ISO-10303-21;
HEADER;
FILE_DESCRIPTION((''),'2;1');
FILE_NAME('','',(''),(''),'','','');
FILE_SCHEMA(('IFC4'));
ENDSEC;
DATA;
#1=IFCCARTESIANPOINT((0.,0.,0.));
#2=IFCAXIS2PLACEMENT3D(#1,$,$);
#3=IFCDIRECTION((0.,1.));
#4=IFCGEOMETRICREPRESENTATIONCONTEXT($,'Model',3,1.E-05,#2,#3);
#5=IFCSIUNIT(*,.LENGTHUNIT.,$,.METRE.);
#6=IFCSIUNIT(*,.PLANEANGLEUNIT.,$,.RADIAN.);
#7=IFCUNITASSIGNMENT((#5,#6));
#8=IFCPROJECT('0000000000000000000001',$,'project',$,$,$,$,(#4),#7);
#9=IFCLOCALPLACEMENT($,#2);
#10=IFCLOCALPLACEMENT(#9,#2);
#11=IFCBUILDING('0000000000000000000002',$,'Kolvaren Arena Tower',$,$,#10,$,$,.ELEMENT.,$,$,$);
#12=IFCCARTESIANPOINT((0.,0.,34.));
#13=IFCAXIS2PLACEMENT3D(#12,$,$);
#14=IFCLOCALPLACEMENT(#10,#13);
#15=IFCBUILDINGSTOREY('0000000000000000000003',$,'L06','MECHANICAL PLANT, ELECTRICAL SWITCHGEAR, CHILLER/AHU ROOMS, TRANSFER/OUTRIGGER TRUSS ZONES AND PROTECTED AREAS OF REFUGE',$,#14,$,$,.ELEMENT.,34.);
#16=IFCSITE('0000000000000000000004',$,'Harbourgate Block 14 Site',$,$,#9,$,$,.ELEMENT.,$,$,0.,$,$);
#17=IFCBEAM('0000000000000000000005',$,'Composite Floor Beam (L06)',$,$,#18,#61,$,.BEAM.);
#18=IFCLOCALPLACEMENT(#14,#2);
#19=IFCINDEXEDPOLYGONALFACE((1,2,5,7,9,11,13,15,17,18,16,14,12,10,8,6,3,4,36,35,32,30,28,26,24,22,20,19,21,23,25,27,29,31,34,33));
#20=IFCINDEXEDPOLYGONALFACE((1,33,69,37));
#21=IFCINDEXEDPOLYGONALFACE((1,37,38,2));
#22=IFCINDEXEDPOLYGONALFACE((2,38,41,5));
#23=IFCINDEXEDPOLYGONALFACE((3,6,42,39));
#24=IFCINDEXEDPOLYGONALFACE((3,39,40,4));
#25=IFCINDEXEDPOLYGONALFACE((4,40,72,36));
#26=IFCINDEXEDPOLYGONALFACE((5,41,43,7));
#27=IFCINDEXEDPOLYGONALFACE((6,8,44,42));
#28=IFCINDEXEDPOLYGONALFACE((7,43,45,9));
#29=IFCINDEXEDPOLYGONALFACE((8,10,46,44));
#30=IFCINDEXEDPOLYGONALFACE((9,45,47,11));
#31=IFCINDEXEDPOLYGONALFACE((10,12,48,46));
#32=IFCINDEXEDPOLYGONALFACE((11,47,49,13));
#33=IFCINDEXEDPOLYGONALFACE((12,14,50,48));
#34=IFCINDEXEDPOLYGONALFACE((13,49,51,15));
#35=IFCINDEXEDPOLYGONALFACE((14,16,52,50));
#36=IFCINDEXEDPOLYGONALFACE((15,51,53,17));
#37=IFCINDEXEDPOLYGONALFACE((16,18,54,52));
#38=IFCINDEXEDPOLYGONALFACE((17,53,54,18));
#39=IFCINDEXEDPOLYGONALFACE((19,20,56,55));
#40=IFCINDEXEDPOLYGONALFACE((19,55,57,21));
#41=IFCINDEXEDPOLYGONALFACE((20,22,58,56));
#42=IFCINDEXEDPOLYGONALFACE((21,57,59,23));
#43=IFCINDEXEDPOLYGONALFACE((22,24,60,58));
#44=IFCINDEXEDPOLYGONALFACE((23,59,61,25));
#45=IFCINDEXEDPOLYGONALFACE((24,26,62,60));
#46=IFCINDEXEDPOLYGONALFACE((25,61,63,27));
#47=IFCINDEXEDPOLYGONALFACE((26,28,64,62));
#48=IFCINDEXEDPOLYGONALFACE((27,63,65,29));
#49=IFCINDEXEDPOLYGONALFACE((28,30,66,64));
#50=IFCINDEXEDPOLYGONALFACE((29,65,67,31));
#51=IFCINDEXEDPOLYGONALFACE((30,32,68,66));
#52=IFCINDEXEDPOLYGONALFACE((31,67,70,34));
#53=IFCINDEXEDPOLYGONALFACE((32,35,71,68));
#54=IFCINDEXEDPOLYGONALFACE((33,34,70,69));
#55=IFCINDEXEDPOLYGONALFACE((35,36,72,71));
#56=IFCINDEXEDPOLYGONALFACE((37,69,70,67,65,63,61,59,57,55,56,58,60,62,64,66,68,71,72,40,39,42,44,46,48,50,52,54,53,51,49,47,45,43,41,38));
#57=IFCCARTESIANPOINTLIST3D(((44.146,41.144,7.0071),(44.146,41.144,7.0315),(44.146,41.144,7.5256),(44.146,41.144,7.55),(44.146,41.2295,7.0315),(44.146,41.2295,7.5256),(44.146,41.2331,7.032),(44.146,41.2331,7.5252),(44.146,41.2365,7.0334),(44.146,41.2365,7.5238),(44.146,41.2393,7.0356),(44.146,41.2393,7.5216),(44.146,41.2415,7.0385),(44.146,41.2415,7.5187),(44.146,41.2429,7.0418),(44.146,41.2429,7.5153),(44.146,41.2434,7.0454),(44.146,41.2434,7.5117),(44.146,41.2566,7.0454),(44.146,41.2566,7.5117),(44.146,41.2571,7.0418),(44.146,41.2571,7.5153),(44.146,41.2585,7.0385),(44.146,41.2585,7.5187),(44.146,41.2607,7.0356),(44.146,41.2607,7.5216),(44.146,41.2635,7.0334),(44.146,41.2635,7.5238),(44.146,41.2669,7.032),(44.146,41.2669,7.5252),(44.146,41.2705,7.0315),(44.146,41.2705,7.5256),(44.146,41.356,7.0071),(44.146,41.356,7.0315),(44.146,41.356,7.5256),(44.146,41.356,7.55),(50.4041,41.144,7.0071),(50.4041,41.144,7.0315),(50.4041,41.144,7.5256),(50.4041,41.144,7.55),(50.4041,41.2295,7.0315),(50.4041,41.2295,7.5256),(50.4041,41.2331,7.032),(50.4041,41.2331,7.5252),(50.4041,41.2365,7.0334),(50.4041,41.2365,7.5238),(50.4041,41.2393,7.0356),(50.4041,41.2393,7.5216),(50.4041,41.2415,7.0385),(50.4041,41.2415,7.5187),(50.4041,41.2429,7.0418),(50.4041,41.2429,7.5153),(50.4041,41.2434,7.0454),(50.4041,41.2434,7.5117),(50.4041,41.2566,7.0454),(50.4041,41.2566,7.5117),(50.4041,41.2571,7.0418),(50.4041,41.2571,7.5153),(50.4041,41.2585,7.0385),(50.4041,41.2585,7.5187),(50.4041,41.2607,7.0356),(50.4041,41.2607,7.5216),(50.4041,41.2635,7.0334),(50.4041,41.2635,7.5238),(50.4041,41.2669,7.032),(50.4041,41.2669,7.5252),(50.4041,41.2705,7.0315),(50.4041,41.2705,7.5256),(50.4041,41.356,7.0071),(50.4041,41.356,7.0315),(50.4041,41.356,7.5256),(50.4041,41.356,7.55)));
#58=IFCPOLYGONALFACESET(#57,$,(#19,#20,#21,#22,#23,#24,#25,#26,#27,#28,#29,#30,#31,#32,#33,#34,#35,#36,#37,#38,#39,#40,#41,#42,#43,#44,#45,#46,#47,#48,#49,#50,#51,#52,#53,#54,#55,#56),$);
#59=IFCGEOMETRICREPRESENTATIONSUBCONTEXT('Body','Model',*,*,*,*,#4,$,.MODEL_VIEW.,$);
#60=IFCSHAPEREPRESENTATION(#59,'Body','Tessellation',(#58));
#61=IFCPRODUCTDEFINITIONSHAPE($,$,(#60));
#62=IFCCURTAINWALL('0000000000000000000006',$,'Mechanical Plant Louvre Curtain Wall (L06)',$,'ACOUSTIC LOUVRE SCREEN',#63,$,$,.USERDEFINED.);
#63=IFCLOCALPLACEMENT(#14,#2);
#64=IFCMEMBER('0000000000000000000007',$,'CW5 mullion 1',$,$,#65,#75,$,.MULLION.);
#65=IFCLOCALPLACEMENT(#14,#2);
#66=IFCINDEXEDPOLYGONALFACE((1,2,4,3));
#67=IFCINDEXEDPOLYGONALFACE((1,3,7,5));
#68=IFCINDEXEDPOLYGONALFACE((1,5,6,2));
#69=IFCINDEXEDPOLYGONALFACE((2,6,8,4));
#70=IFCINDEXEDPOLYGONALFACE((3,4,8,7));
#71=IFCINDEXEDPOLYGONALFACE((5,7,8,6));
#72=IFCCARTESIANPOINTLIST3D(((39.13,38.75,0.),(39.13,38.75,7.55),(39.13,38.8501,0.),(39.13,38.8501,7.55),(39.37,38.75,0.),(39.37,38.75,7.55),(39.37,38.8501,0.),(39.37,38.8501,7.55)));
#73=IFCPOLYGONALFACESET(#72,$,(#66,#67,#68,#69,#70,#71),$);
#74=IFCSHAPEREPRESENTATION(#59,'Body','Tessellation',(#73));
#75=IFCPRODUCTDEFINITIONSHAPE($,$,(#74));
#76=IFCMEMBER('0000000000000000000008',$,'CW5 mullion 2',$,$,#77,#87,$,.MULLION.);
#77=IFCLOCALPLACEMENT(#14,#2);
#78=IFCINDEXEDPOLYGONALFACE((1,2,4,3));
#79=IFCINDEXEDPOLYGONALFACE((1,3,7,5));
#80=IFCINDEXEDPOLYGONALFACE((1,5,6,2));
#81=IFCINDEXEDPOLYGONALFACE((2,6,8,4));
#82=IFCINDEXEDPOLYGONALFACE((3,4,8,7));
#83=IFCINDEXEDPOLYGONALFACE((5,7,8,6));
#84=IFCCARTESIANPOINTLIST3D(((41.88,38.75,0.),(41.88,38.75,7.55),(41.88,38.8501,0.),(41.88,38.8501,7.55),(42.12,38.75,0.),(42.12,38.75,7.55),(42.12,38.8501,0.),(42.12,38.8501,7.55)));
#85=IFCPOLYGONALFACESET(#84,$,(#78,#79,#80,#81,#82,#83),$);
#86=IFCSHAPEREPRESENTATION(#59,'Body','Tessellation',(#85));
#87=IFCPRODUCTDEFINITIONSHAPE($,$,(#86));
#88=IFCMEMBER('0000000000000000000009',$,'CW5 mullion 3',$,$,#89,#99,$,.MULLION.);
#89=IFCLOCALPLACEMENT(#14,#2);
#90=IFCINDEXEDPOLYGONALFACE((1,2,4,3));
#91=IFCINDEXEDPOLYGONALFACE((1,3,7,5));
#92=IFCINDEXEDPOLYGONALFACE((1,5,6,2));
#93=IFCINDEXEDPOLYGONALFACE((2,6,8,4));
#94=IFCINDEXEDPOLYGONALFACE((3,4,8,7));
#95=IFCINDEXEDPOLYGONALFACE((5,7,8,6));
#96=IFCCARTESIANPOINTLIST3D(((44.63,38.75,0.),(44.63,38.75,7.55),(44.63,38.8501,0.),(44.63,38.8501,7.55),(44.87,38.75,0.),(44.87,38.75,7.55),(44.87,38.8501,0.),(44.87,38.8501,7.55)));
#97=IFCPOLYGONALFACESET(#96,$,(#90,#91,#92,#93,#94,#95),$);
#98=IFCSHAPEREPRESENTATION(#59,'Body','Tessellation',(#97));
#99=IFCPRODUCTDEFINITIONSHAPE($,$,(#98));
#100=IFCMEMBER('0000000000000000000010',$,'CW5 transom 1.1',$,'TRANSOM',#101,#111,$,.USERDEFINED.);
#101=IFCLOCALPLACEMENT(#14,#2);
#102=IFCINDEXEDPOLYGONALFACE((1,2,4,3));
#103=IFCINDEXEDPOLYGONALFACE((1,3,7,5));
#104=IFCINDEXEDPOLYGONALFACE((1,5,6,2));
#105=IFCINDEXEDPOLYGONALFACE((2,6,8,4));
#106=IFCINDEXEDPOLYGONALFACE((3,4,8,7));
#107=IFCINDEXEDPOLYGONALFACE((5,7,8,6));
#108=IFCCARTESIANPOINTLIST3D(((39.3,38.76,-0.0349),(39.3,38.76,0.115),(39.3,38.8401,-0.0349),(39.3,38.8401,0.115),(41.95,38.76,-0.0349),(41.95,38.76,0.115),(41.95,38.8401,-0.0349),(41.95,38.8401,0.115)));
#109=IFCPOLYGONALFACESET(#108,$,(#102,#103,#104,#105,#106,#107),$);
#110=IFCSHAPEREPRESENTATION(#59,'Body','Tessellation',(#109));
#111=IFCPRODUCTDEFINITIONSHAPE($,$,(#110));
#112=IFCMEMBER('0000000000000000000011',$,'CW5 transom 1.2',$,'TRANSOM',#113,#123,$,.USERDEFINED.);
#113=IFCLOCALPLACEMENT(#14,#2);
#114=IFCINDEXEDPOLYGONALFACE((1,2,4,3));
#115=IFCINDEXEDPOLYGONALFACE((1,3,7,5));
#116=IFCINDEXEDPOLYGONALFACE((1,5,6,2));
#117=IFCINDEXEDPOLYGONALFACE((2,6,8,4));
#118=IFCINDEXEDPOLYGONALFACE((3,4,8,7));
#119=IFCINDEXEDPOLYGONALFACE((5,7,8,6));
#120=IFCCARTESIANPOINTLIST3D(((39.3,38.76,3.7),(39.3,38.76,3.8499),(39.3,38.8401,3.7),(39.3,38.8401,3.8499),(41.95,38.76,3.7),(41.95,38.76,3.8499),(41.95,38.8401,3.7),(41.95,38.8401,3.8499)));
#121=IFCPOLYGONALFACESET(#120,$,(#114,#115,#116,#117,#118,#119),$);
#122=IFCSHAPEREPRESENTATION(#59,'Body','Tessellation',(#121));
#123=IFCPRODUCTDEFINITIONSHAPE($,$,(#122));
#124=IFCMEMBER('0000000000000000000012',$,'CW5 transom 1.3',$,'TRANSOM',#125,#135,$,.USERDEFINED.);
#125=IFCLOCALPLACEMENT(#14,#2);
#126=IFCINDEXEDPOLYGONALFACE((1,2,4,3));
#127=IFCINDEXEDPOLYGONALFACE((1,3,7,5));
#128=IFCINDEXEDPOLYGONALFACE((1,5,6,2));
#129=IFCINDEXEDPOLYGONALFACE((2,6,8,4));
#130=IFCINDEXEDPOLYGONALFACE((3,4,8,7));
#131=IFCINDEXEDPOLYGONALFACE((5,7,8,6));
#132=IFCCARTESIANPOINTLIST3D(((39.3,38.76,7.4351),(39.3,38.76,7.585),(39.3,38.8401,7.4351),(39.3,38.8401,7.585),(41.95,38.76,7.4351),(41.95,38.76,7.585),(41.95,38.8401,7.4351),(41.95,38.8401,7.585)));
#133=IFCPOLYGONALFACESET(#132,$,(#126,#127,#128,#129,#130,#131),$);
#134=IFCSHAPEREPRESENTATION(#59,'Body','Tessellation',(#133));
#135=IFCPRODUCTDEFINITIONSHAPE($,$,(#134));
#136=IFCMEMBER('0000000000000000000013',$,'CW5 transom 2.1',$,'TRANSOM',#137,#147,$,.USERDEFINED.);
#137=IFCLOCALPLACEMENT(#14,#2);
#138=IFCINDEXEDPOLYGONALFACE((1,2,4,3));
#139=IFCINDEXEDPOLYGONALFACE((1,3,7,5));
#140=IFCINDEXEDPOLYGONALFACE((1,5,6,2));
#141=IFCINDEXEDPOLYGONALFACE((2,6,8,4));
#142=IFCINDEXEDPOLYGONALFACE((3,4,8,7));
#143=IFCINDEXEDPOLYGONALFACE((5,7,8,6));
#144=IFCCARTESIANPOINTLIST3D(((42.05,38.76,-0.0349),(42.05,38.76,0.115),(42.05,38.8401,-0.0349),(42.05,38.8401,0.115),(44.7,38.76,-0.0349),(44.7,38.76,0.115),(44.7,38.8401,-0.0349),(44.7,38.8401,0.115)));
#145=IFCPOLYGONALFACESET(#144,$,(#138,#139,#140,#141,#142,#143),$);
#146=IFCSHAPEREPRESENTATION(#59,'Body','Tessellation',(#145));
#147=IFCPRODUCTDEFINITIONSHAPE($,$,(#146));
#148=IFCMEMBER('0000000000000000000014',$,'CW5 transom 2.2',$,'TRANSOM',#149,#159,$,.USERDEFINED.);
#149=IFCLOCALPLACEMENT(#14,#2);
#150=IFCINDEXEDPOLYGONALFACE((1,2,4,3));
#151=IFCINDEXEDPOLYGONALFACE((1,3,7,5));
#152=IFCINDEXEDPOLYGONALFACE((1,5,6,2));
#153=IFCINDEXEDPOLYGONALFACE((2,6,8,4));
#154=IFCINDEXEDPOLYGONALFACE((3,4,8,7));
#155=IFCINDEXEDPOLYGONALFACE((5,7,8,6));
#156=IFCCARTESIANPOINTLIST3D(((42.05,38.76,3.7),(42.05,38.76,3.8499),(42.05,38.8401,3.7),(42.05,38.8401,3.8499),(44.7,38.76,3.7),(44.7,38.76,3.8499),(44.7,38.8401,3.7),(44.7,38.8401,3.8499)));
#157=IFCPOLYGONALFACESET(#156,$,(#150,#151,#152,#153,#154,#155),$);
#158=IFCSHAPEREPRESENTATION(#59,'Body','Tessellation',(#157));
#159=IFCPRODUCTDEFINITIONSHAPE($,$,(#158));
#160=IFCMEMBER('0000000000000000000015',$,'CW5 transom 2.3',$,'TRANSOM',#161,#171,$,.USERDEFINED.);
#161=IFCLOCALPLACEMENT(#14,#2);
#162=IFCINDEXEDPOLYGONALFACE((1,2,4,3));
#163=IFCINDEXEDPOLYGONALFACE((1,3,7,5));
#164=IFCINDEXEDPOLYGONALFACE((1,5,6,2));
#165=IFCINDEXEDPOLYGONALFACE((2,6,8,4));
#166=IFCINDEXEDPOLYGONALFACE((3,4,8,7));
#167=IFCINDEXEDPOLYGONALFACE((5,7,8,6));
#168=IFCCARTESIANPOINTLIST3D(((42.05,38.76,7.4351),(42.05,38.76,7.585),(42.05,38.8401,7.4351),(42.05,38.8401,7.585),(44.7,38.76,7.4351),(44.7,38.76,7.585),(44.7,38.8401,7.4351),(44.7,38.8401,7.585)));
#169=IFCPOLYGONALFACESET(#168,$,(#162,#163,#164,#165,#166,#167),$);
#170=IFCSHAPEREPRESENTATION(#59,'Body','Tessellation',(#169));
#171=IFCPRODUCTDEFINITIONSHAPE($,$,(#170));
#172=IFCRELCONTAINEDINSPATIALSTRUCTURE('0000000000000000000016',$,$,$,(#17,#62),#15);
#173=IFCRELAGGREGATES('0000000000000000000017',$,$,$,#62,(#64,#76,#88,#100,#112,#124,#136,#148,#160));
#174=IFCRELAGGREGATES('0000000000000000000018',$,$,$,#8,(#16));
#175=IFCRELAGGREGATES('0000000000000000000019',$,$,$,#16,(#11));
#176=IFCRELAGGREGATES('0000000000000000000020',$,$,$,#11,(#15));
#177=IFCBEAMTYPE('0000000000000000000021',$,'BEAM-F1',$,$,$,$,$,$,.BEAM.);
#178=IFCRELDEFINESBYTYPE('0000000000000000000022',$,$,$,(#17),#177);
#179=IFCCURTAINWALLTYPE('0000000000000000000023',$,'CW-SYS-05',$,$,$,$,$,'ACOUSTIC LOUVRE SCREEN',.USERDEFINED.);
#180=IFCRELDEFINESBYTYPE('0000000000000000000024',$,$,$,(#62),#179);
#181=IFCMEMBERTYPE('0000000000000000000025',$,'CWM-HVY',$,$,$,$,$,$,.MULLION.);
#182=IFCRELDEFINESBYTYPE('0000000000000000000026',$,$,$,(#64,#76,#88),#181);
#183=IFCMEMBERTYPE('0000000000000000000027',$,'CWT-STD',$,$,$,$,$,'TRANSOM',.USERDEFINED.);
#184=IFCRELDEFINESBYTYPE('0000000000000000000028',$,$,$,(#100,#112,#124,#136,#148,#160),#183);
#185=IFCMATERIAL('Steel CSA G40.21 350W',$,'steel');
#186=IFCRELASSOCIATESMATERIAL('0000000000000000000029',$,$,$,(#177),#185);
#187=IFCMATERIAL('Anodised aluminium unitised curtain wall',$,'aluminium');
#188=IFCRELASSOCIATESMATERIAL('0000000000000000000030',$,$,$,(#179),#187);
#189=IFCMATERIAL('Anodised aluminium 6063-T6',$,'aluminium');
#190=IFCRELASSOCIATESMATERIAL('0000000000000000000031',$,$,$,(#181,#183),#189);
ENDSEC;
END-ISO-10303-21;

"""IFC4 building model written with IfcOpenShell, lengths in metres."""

from ifc_helpers import new_model, si_unit, direction, frame, origin, origin_2d, place, context, subcontext, project, spatial, rectangle, i_section, extrude, material, material_profile, profile_set, type_object, element, aggregate, save


model = new_model("IFC4")

# Units and contexts
model_context = context("Model", 3, precision=1e-05, world=origin(), true_north=direction((0.0, 1.0)))
body_context = subcontext(model_context, "Body", "Model", "MODEL_VIEW")
ifc_project = project(units=[si_unit("LENGTHUNIT", "METRE"), si_unit("PLANEANGLEUNIT", "RADIAN")], contexts=[model_context])

# Site, building, storey
site_placement = place(None, origin())
site = spatial("IfcSite", under=ifc_project, at=site_placement, Name="Harbourgate Block 14 Site", CompositionType="ELEMENT", RefElevation=0.0)
building_placement = place(site_placement, origin())
building = spatial("IfcBuilding", under=site, at=building_placement, Name="Kolvaren Arena Tower", CompositionType="ELEMENT")
storey_placement = place(building_placement, frame((0.0, 0.0, 34.0)))
storey = spatial("IfcBuildingStorey", under=building, at=storey_placement, Name="L06", Description="MECHANICAL PLANT, ELECTRICAL SWITCHGEAR, CHILLER/AHU ROOMS, TRANSFER/OUTRIGGER TRUSS ZONES AND PROTECTED AREAS OF REFUGE", CompositionType="ELEMENT", Elevation=34.0)

# Beam
ifc_material_1 = material(Name="Steel CSA G40.21 350W", Category="steel")
ifc_material_profile_1 = material_profile(ifc_material_1, i_section(OverallWidth=0.2119, OverallDepth=0.543, WebThickness=0.0132, FlangeThickness=0.0244, FilletRadius=0.0139, at=origin_2d()), Name="W530x150")
ifc_profile_set_1 = profile_set([ifc_material_profile_1], Name="Steel CSA G40.21 350W")
beam_type_1 = type_object("IfcBeamType", Name="BEAM-F1", PredefinedType="BEAM", material=ifc_profile_set_1)
beam_1_placement = place(storey_placement, frame((44.146, 41.25, 7.2786), z_axis=(1.0, 0.0, 0.0), x_axis=(0.0, 1.0, 0.0)))
element("IfcBeam", 1, at=beam_1_placement, inside=storey, type_object=beam_type_1, Name="Composite Floor Beam (L06)", PredefinedType="BEAM", context=body_context, shape_type="SweptSolid", body=[
    extrude(i_section(OverallWidth=0.2119, OverallDepth=0.543, WebThickness=0.0132, FlangeThickness=0.0244, FilletRadius=0.0139, at=origin_2d()), origin(), (0.0, 0.0, 1.0), 6.2581),
])

# Curtain wall, members
ifc_material_2 = material(Name="Anodised aluminium unitised curtain wall", Category="aluminium")
curtain_wall_type = type_object("IfcCurtainWallType", Name="CW-SYS-05", ElementType="ACOUSTIC LOUVRE SCREEN", PredefinedType="USERDEFINED", material=ifc_material_2)
curtain_wall_placement = place(storey_placement, origin())
curtain_wall = element("IfcCurtainWall", 2, at=curtain_wall_placement, inside=storey, type_object=curtain_wall_type, Name="Mechanical Plant Louvre Curtain Wall (L06)", ObjectType="ACOUSTIC LOUVRE SCREEN", PredefinedType="USERDEFINED")
ifc_material_3 = material(Name="Anodised aluminium 6063-T6", Category="aluminium")
ifc_material_profile_2 = material_profile(ifc_material_3, rectangle(XDim=0.1001, YDim=0.24, at=origin_2d()), Name="ALU-100x240")
ifc_profile_set_2 = profile_set([ifc_material_profile_2], Name="Anodised aluminium 6063-T6")
member_type_1 = type_object("IfcMemberType", Name="CWM-HVY", PredefinedType="MULLION", material=ifc_profile_set_2)
member_1_placement = place(storey_placement, frame((39.25, 38.8, 0.0), z_axis=(0.0, 0.0, 1.0), x_axis=(0.0, 1.0, 0.0)))
member_1 = element("IfcMember", 3, at=member_1_placement, type_object=member_type_1, Name="CW5 mullion 1", PredefinedType="MULLION", context=body_context, shape_type="SweptSolid", body=[
    extrude(rectangle(XDim=0.1001, YDim=0.24, at=origin_2d()), origin(), (0.0, 0.0, 1.0), 7.55),
])
member_2_placement = place(storey_placement, frame((42.0, 38.8, 0.0), z_axis=(0.0, 0.0, 1.0), x_axis=(0.0, 1.0, 0.0)))
member_2 = element("IfcMember", 4, at=member_2_placement, type_object=member_type_1, Name="CW5 mullion 2", PredefinedType="MULLION", context=body_context, shape_type="SweptSolid", body=[
    extrude(rectangle(XDim=0.1001, YDim=0.24, at=origin_2d()), origin(), (0.0, 0.0, 1.0), 7.55),
])
member_3_placement = place(storey_placement, frame((44.75, 38.8, 0.0), z_axis=(0.0, 0.0, 1.0), x_axis=(0.0, 1.0, 0.0)))
member_3 = element("IfcMember", 5, at=member_3_placement, type_object=member_type_1, Name="CW5 mullion 3", PredefinedType="MULLION", context=body_context, shape_type="SweptSolid", body=[
    extrude(rectangle(XDim=0.1001, YDim=0.24, at=origin_2d()), origin(), (0.0, 0.0, 1.0), 7.55),
])
ifc_material_profile_3 = material_profile(ifc_material_3, rectangle(XDim=0.0801, YDim=0.1499, at=origin_2d()), Name="ALU-80x150")
ifc_profile_set_3 = profile_set([ifc_material_profile_3], Name="Anodised aluminium 6063-T6")
member_type_2 = type_object("IfcMemberType", Name="CWT-STD", ElementType="TRANSOM", PredefinedType="USERDEFINED", material=ifc_profile_set_3)
member_4_placement = place(storey_placement, frame((39.3, 38.8, 0.04), z_axis=(1.0, 0.0, 0.0), x_axis=(0.0, 1.0, 0.0)))
member_4 = element("IfcMember", 6, at=member_4_placement, type_object=member_type_2, Name="CW5 transom 1.1", ObjectType="TRANSOM", PredefinedType="USERDEFINED", context=body_context, shape_type="SweptSolid", body=[
    extrude(rectangle(XDim=0.0801, YDim=0.1499, at=origin_2d()), origin(), (0.0, 0.0, 1.0), 2.6499),
])
member_5_placement = place(storey_placement, frame((39.3, 38.8, 3.7749), z_axis=(1.0, 0.0, 0.0), x_axis=(0.0, 1.0, 0.0)))
member_5 = element("IfcMember", 7, at=member_5_placement, type_object=member_type_2, Name="CW5 transom 1.2", ObjectType="TRANSOM", PredefinedType="USERDEFINED", context=body_context, shape_type="SweptSolid", body=[
    extrude(rectangle(XDim=0.0801, YDim=0.1499, at=origin_2d()), origin(), (0.0, 0.0, 1.0), 2.6499),
])
member_6_placement = place(storey_placement, frame((39.3, 38.8, 7.51), z_axis=(1.0, 0.0, 0.0), x_axis=(0.0, 1.0, 0.0)))
member_6 = element("IfcMember", 8, at=member_6_placement, type_object=member_type_2, Name="CW5 transom 1.3", ObjectType="TRANSOM", PredefinedType="USERDEFINED", context=body_context, shape_type="SweptSolid", body=[
    extrude(rectangle(XDim=0.0801, YDim=0.1499, at=origin_2d()), origin(), (0.0, 0.0, 1.0), 2.6499),
])
member_7_placement = place(storey_placement, frame((42.05, 38.8, 0.04), z_axis=(1.0, 0.0, 0.0), x_axis=(0.0, 1.0, 0.0)))
member_7 = element("IfcMember", 9, at=member_7_placement, type_object=member_type_2, Name="CW5 transom 2.1", ObjectType="TRANSOM", PredefinedType="USERDEFINED", context=body_context, shape_type="SweptSolid", body=[
    extrude(rectangle(XDim=0.0801, YDim=0.1499, at=origin_2d()), origin(), (0.0, 0.0, 1.0), 2.6499),
])
member_8_placement = place(storey_placement, frame((42.05, 38.8, 3.7749), z_axis=(1.0, 0.0, 0.0), x_axis=(0.0, 1.0, 0.0)))
member_8 = element("IfcMember", 10, at=member_8_placement, type_object=member_type_2, Name="CW5 transom 2.2", ObjectType="TRANSOM", PredefinedType="USERDEFINED", context=body_context, shape_type="SweptSolid", body=[
    extrude(rectangle(XDim=0.0801, YDim=0.1499, at=origin_2d()), origin(), (0.0, 0.0, 1.0), 2.6499),
])
member_9_placement = place(storey_placement, frame((42.05, 38.8, 7.51), z_axis=(1.0, 0.0, 0.0), x_axis=(0.0, 1.0, 0.0)))
member_9 = element("IfcMember", 11, at=member_9_placement, type_object=member_type_2, Name="CW5 transom 2.3", ObjectType="TRANSOM", PredefinedType="USERDEFINED", context=body_context, shape_type="SweptSolid", body=[
    extrude(rectangle(XDim=0.0801, YDim=0.1499, at=origin_2d()), origin(), (0.0, 0.0, 1.0), 2.6499),
])

aggregate(curtain_wall, [member_1, member_2, member_3, member_4, member_5, member_6, member_7, member_8, member_9])

save(model, "model.ifc")
